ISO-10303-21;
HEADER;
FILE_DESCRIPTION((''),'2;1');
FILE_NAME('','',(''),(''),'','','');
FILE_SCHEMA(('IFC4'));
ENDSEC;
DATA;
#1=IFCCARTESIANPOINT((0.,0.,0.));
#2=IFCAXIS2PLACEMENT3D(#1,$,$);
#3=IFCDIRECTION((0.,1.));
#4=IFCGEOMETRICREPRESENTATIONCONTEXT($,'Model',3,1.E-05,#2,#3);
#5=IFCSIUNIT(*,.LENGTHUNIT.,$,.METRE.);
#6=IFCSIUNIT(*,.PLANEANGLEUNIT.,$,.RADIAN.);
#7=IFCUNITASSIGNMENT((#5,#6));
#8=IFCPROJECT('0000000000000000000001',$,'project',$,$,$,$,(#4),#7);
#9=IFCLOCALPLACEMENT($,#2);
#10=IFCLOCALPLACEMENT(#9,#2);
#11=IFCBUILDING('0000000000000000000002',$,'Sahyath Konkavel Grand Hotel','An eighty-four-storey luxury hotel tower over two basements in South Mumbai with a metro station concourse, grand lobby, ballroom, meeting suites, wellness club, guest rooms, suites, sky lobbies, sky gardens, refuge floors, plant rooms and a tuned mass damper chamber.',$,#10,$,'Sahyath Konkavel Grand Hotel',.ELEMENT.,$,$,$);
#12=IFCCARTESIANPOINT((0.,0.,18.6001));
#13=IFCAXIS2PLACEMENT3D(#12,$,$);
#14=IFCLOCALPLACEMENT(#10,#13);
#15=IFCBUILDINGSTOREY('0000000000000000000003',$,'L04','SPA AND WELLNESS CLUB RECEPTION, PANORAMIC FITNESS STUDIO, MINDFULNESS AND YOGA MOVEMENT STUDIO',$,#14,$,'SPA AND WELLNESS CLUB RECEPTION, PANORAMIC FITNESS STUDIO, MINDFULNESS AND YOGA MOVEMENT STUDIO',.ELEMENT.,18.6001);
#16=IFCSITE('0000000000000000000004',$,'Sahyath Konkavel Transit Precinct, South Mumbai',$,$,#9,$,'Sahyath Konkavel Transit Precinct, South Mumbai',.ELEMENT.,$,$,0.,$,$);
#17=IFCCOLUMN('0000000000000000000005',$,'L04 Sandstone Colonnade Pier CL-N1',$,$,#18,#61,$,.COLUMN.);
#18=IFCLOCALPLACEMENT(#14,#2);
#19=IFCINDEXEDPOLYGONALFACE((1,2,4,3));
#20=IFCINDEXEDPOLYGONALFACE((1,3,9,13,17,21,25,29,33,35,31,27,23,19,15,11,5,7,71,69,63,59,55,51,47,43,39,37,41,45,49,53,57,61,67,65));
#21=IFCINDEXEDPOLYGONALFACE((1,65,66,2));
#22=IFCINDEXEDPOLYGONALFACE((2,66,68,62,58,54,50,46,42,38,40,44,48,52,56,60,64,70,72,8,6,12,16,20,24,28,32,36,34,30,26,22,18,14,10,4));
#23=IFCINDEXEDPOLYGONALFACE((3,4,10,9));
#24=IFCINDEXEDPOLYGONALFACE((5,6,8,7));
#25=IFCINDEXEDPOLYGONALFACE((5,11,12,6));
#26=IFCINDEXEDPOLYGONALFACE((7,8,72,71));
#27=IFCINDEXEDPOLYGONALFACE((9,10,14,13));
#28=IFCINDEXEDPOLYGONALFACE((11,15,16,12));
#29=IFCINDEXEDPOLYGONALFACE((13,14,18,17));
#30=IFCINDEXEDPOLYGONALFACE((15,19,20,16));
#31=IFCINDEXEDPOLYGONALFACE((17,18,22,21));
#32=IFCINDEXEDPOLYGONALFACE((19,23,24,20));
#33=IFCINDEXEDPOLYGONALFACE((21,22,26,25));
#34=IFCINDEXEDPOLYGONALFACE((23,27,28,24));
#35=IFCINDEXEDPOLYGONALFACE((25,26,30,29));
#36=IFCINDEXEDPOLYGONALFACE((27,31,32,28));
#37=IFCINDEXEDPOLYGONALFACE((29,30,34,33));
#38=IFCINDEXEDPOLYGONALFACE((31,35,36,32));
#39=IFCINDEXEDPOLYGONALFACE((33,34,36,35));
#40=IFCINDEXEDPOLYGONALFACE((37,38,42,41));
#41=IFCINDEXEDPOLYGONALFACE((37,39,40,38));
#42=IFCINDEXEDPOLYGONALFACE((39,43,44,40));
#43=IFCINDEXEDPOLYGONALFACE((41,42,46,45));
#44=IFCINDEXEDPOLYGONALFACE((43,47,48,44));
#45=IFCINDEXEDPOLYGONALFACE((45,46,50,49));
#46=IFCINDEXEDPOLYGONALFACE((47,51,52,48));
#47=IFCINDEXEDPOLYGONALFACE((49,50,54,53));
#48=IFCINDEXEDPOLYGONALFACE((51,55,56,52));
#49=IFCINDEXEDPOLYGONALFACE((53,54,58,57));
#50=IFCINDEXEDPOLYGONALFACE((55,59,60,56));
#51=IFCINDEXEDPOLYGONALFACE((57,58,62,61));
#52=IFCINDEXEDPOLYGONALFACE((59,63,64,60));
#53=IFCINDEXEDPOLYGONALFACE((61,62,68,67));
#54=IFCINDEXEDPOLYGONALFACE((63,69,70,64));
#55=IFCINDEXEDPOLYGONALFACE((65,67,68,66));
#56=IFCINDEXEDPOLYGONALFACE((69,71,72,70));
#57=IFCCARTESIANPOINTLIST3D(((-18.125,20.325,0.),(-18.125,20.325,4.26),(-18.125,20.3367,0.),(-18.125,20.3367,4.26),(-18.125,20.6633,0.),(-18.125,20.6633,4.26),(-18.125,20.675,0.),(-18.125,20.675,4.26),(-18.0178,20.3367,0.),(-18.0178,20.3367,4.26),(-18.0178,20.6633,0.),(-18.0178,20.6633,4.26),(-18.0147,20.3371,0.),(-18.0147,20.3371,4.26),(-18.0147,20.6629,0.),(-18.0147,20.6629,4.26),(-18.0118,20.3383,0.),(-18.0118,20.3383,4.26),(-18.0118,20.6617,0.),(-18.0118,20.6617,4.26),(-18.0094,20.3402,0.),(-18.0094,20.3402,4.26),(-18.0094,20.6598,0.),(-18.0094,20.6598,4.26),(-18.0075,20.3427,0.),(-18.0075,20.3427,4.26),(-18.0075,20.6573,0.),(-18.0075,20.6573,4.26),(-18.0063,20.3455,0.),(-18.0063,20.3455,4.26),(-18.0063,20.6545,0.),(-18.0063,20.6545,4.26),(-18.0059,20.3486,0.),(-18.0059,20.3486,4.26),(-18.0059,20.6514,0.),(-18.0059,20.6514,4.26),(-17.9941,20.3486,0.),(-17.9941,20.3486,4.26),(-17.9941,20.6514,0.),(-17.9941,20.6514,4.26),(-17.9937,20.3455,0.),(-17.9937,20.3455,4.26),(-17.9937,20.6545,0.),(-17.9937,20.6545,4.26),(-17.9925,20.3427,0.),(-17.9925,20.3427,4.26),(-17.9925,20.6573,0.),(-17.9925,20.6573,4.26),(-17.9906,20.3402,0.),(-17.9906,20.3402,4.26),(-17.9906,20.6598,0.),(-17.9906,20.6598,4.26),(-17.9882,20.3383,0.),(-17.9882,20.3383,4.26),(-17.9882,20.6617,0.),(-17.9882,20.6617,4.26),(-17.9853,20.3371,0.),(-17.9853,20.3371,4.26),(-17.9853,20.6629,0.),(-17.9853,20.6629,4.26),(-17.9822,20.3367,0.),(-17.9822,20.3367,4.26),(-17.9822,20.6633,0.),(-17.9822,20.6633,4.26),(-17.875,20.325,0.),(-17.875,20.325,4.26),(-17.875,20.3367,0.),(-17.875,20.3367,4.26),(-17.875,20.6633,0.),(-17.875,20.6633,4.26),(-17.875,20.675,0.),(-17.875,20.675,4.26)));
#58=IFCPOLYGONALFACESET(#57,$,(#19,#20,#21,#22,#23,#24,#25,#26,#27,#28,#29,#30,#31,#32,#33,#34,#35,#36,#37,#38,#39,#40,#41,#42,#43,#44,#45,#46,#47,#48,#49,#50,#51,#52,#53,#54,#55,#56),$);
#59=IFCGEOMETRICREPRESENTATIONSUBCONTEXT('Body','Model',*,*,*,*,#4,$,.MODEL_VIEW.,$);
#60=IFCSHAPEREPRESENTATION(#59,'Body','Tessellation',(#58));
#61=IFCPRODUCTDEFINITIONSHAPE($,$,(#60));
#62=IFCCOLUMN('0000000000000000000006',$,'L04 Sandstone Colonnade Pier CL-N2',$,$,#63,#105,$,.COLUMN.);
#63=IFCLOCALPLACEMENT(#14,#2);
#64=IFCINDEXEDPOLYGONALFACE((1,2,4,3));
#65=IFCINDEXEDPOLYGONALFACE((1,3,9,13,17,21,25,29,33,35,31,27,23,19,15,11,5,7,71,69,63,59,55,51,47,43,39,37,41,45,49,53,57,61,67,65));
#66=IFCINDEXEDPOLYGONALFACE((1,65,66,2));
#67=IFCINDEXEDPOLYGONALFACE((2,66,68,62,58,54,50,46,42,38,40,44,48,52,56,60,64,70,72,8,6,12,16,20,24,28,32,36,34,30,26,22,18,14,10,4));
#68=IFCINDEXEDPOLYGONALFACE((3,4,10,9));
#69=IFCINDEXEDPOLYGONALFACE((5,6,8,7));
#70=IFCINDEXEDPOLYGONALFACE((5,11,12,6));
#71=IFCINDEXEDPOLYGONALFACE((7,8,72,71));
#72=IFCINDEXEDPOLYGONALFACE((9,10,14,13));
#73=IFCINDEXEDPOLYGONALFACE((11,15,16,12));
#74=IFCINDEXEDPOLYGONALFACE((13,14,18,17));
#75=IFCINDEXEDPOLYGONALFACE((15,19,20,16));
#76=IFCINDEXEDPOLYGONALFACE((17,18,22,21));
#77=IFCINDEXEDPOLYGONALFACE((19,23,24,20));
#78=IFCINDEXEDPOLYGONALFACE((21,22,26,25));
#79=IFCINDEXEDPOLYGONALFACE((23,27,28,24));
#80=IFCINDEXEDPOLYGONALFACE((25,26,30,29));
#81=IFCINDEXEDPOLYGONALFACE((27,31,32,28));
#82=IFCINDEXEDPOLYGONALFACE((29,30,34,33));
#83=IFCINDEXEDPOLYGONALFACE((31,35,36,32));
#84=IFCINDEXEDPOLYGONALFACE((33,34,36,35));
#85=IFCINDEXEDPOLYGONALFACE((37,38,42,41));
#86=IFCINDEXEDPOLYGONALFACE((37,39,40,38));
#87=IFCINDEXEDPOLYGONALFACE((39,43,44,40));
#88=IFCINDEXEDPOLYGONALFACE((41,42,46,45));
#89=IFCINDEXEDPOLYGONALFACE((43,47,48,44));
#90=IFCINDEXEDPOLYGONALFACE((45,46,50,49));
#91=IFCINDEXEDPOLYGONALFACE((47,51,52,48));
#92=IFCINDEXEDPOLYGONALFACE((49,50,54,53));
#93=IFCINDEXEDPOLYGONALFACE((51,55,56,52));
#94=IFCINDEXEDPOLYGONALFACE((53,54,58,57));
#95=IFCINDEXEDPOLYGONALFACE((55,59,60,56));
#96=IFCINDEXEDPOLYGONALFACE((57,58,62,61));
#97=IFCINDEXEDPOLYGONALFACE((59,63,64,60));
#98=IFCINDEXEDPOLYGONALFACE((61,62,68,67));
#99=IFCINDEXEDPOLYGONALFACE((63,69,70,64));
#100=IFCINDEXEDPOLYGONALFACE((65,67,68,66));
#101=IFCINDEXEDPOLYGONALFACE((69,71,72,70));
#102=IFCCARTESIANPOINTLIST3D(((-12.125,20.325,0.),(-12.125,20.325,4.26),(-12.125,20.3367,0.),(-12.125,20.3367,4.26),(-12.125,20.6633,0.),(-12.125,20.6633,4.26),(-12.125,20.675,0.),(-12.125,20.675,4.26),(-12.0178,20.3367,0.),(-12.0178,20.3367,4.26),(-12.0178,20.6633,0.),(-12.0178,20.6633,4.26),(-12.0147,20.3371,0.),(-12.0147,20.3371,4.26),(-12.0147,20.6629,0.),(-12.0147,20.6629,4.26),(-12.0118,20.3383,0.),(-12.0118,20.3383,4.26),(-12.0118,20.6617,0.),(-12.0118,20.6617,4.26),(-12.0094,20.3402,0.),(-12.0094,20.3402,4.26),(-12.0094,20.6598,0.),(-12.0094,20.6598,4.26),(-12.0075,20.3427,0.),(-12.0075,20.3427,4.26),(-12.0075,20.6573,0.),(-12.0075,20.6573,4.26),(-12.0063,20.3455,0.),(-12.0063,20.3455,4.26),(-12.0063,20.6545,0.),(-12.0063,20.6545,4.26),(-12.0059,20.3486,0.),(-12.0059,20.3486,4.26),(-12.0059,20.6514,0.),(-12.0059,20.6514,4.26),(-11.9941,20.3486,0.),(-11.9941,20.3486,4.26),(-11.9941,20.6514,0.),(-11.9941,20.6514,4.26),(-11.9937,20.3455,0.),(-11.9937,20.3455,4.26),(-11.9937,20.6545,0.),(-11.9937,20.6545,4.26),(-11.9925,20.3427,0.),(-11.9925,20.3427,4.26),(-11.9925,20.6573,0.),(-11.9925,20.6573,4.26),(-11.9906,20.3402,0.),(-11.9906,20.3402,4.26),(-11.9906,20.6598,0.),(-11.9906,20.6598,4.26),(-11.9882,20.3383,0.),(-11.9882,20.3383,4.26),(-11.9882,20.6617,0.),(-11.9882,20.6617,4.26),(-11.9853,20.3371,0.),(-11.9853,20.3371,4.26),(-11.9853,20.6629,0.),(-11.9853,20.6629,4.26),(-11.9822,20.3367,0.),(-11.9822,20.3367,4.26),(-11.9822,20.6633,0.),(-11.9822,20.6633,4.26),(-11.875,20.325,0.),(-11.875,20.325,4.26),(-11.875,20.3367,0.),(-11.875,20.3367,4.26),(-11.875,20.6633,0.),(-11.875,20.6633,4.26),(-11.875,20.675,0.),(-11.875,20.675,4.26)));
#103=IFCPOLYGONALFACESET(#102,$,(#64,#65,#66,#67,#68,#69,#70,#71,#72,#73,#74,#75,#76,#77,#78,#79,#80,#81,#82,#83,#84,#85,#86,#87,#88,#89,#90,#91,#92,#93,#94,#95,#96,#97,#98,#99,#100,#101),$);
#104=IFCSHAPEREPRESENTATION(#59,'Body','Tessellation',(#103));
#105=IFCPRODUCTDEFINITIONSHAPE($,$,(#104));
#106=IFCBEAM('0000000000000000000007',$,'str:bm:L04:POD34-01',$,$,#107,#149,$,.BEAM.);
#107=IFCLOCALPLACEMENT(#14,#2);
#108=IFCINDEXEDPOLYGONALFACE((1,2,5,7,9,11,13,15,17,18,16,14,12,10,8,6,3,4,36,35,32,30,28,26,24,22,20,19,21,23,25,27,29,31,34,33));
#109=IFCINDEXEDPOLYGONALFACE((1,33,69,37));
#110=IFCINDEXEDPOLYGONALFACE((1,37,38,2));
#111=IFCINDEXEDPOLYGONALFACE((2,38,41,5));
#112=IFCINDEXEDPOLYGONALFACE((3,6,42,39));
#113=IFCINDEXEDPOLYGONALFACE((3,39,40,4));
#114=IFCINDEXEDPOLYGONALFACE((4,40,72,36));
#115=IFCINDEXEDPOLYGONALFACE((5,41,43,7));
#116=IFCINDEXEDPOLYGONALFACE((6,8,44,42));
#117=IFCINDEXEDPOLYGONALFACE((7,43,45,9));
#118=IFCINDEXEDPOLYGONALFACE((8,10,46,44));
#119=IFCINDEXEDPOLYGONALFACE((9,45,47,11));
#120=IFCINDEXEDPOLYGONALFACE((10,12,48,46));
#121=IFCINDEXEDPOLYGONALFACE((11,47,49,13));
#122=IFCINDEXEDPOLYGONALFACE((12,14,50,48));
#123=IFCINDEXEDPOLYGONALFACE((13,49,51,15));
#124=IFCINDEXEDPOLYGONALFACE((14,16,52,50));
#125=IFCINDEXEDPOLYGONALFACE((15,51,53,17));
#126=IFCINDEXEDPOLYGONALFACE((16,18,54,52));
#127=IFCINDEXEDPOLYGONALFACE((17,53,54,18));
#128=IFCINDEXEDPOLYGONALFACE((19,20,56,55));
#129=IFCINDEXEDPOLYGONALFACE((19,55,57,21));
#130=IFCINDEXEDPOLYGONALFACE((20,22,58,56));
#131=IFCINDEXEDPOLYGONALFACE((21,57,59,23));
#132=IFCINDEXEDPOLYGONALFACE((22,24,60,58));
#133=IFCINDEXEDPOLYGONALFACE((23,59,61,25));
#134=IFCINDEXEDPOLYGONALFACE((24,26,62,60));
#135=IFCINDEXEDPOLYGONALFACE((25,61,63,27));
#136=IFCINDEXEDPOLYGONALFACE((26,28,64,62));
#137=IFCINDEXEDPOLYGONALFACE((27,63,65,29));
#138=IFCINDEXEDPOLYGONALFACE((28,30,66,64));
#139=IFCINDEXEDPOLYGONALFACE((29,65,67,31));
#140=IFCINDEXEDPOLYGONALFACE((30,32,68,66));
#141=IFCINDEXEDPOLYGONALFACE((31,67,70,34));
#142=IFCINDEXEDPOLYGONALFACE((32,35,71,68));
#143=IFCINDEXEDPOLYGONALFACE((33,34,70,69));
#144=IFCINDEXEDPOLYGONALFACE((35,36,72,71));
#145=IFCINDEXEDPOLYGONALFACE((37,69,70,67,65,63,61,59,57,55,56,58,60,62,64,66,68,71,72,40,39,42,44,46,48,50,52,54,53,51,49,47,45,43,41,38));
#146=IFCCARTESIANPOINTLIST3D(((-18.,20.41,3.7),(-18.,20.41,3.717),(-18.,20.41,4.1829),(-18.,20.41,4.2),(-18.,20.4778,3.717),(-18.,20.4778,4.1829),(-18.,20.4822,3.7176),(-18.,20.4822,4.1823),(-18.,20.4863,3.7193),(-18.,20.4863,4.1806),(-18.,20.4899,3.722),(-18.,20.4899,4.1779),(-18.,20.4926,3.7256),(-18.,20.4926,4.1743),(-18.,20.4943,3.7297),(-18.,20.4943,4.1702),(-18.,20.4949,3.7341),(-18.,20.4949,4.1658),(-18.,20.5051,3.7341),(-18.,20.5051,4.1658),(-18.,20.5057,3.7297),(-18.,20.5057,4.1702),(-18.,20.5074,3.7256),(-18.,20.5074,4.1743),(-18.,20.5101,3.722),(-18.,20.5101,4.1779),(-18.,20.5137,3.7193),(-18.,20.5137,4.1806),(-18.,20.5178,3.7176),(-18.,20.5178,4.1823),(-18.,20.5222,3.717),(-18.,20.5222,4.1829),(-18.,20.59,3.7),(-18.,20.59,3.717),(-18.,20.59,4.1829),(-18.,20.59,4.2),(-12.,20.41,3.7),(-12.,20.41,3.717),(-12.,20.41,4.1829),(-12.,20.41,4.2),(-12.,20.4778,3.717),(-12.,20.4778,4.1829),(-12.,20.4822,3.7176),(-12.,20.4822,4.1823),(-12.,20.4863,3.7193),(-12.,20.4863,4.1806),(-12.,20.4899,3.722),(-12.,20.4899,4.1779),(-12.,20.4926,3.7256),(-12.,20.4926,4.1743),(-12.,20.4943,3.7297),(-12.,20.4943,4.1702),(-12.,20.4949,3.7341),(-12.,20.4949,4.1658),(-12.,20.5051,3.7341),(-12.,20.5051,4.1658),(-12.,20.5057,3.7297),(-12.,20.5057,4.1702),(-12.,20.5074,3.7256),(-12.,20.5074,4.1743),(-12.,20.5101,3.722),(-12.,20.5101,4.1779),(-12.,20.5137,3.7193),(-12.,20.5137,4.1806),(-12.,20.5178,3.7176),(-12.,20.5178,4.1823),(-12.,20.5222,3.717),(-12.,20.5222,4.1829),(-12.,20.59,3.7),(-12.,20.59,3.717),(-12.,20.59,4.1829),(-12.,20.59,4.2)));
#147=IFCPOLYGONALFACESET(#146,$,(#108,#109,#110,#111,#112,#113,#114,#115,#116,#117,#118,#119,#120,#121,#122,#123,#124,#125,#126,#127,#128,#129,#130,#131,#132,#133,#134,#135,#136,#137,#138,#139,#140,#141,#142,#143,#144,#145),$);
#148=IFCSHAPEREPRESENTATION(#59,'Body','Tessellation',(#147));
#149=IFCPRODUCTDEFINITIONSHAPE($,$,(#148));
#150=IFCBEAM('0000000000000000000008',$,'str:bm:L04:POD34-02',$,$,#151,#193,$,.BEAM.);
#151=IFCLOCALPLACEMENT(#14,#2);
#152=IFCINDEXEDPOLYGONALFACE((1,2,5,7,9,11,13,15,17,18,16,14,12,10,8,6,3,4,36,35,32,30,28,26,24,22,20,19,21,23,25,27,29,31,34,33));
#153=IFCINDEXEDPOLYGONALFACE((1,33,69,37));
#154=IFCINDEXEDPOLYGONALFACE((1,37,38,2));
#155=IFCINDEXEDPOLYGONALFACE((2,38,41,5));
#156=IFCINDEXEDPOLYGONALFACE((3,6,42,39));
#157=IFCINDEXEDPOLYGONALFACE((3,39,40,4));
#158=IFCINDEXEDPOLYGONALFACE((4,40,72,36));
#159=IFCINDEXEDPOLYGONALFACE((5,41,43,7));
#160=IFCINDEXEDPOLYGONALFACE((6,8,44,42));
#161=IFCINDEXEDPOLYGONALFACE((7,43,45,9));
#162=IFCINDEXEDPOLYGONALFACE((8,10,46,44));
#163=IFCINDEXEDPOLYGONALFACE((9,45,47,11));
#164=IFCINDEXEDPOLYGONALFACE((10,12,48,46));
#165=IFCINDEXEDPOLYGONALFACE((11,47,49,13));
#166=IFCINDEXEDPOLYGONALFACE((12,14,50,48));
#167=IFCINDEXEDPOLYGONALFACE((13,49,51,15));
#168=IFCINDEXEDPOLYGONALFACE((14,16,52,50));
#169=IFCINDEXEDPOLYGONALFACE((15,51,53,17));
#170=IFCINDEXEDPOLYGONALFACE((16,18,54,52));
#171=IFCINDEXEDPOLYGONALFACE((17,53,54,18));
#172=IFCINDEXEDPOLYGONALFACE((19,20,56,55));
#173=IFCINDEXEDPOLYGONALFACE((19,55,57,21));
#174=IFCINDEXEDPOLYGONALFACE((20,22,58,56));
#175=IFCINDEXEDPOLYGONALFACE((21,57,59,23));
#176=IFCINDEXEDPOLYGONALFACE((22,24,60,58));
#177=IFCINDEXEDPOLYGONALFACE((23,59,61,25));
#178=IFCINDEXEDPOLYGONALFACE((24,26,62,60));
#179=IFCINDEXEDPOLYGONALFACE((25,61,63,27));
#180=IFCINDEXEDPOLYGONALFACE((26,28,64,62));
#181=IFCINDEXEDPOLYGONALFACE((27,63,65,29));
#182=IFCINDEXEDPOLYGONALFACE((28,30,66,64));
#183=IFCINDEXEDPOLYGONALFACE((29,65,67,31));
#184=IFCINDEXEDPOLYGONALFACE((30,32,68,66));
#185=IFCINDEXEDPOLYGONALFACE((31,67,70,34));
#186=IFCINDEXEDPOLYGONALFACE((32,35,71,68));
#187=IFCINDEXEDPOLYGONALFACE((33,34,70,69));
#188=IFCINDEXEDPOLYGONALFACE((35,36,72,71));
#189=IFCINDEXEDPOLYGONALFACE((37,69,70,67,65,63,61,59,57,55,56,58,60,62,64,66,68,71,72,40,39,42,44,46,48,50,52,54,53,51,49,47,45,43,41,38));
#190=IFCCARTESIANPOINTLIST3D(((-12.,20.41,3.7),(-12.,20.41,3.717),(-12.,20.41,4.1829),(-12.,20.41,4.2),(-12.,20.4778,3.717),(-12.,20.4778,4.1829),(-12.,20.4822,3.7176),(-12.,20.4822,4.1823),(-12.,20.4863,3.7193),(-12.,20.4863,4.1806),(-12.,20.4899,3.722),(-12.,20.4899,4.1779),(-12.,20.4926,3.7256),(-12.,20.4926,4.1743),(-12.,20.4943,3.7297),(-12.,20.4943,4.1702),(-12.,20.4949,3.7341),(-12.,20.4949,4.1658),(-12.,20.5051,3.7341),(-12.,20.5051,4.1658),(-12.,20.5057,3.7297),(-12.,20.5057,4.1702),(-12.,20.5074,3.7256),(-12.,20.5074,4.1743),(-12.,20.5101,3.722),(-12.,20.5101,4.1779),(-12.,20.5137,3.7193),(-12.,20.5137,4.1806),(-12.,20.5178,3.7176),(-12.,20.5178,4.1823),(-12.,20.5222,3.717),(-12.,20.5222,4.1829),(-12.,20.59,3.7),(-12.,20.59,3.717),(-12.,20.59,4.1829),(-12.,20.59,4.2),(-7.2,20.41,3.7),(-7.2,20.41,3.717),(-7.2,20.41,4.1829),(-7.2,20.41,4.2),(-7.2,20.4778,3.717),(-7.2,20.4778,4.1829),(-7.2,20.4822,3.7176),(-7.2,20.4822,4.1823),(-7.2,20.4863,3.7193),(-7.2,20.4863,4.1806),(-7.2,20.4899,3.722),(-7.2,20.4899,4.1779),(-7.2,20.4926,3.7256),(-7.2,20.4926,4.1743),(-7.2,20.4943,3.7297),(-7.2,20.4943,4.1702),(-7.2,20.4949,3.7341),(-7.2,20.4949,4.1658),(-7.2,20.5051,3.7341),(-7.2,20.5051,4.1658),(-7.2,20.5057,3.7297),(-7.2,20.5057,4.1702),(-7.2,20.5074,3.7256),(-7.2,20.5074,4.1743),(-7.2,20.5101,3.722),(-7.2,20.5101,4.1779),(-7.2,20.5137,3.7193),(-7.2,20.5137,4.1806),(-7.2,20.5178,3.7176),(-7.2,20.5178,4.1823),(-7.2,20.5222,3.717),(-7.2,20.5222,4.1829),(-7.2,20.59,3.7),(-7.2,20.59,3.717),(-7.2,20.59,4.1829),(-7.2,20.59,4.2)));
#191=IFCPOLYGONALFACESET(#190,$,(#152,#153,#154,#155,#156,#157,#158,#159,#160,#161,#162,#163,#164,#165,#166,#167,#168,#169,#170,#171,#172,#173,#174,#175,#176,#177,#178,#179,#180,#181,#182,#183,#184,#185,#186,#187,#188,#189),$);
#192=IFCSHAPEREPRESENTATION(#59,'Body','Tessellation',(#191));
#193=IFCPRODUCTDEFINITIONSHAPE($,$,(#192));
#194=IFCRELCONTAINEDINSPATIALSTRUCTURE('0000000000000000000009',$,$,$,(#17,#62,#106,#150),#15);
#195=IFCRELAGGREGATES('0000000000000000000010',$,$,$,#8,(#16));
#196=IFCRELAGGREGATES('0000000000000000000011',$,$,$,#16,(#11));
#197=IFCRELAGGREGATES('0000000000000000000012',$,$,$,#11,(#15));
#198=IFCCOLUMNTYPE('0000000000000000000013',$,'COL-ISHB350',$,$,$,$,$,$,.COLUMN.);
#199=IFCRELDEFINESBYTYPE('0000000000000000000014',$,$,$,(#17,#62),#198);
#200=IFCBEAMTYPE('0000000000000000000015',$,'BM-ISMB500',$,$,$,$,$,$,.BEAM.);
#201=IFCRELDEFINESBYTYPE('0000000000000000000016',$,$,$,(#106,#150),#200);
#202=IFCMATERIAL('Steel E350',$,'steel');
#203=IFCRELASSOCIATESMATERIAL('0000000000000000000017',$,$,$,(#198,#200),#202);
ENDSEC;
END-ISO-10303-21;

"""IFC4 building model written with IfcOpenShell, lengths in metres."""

from ifc_helpers import new_model, si_unit, direction, frame, origin, origin_2d, place, context, subcontext, project, spatial, i_section, extrude, source, transform, mapped, material, material_profile, profile_set, type_object, element, save


model = new_model("IFC4")

# Units and contexts
model_context = context("Model", 3, precision=1e-05, world=origin(), true_north=direction((0.0, 1.0)))
body_context = subcontext(model_context, "Body", "Model", "MODEL_VIEW")
ifc_project = project(units=[si_unit("LENGTHUNIT", "METRE"), si_unit("PLANEANGLEUNIT", "RADIAN")], contexts=[model_context])

# Site, building, storey
site_placement = place(None, origin())
site = spatial("IfcSite", under=ifc_project, at=site_placement, Name="Sahyath Konkavel Transit Precinct, South Mumbai", LongName="Sahyath Konkavel Transit Precinct, South Mumbai", CompositionType="ELEMENT", RefElevation=0.0)
building_placement = place(site_placement, origin())
building = spatial("IfcBuilding", under=site, at=building_placement, Name="Sahyath Konkavel Grand Hotel", Description="An eighty-four-storey luxury hotel tower over two basements in South Mumbai with a metro station concourse, grand lobby, ballroom, meeting suites, wellness club, guest rooms, suites, sky lobbies, sky gardens, refuge floors, plant rooms and a tuned mass damper chamber.", LongName="Sahyath Konkavel Grand Hotel", CompositionType="ELEMENT")
storey_placement = place(building_placement, frame((0.0, 0.0, 18.6001)))
storey = spatial("IfcBuildingStorey", under=building, at=storey_placement, Name="L04", Description="SPA AND WELLNESS CLUB RECEPTION, PANORAMIC FITNESS STUDIO, MINDFULNESS AND YOGA MOVEMENT STUDIO", LongName="SPA AND WELLNESS CLUB RECEPTION, PANORAMIC FITNESS STUDIO, MINDFULNESS AND YOGA MOVEMENT STUDIO", CompositionType="ELEMENT", Elevation=18.6001)

# Columns
ifc_material_1 = material(Name="Steel E350", Category="steel")
ifc_material_profile_1 = material_profile(ifc_material_1, i_section(OverallWidth=0.25, OverallDepth=0.3501, WebThickness=0.0117, FlangeThickness=0.0117, FilletRadius=0.012, at=origin_2d()), Name="ISHB 350")
ifc_profile_set_1 = profile_set([ifc_material_profile_1], Name="Steel E350")
column_type = type_object("IfcColumnType", Name="COL-ISHB350", PredefinedType="COLUMN", material=ifc_profile_set_1)
shared_shape_1 = source(origin(), body_context, "Body", "SweptSolid", [
    extrude(i_section(OverallWidth=0.25, OverallDepth=0.3501, WebThickness=0.0117, FlangeThickness=0.0117, FilletRadius=0.012, at=origin_2d()), origin(), (0.0, 0.0, 1.0), 4.26),
])
for number, where, z_axis, x_axis, name in (
    (1, (-18.0, 20.5, 0.0), (0.0, 0.0, 1.0), (1.0, 0.0, 0.0), "L04 Sandstone Colonnade Pier CL-N1"),
    (2, (-12.0, 20.5, 0.0), (0.0, 0.0, 1.0), (1.0, 0.0, 0.0), "L04 Sandstone Colonnade Pier CL-N2"),
):
    element("IfcColumn", number, at=place(storey_placement, frame(where, z_axis=z_axis, x_axis=x_axis)), inside=storey, type_object=column_type, Name=name, PredefinedType="COLUMN", context=body_context, shape_type="MappedRepresentation", body=[
        mapped(shared_shape_1, transform((0.0, 0.0, 0.0), scale=1.0)),
    ])

# Beams
ifc_material_profile_2 = material_profile(ifc_material_1, i_section(OverallWidth=0.1799, OverallDepth=0.5, WebThickness=0.0103, FlangeThickness=0.0171, FilletRadius=0.0171, at=origin_2d()), Name="ISMB 500")
ifc_profile_set_2 = profile_set([ifc_material_profile_2], Name="Steel E350")
beam_type = type_object("IfcBeamType", Name="BM-ISMB500", PredefinedType="BEAM", material=ifc_profile_set_2)
shared_shape_2 = source(origin(), body_context, "Body", "SweptSolid", [
    extrude(i_section(OverallWidth=0.1799, OverallDepth=0.5, WebThickness=0.0103, FlangeThickness=0.0171, FilletRadius=0.0171, at=origin_2d()), origin(), (0.0, 0.0, 1.0), 6.0),
])
beam_1_placement = place(storey_placement, frame((-18.0, 20.5, 3.95), z_axis=(1.0, 0.0, 0.0), x_axis=(0.0, 1.0, 0.0)))
element("IfcBeam", 3, at=beam_1_placement, inside=storey, type_object=beam_type, Name="str:bm:L04:POD34-01", PredefinedType="BEAM", context=body_context, shape_type="MappedRepresentation", body=[
    mapped(shared_shape_2, transform((0.0, 0.0, 0.0), scale=1.0)),
])
shared_shape_3 = source(origin(), body_context, "Body", "SweptSolid", [
    extrude(i_section(OverallWidth=0.1799, OverallDepth=0.5, WebThickness=0.0103, FlangeThickness=0.0171, FilletRadius=0.0171, at=origin_2d()), origin(), (0.0, 0.0, 1.0), 4.8),
])
beam_2_placement = place(storey_placement, frame((-12.0, 20.5, 3.95), z_axis=(1.0, 0.0, 0.0), x_axis=(0.0, 1.0, 0.0)))
element("IfcBeam", 4, at=beam_2_placement, inside=storey, type_object=beam_type, Name="str:bm:L04:POD34-02", PredefinedType="BEAM", context=body_context, shape_type="MappedRepresentation", body=[
    mapped(shared_shape_3, transform((0.0, 0.0, 0.0), scale=1.0)),
])

save(model, "model.ifc")
